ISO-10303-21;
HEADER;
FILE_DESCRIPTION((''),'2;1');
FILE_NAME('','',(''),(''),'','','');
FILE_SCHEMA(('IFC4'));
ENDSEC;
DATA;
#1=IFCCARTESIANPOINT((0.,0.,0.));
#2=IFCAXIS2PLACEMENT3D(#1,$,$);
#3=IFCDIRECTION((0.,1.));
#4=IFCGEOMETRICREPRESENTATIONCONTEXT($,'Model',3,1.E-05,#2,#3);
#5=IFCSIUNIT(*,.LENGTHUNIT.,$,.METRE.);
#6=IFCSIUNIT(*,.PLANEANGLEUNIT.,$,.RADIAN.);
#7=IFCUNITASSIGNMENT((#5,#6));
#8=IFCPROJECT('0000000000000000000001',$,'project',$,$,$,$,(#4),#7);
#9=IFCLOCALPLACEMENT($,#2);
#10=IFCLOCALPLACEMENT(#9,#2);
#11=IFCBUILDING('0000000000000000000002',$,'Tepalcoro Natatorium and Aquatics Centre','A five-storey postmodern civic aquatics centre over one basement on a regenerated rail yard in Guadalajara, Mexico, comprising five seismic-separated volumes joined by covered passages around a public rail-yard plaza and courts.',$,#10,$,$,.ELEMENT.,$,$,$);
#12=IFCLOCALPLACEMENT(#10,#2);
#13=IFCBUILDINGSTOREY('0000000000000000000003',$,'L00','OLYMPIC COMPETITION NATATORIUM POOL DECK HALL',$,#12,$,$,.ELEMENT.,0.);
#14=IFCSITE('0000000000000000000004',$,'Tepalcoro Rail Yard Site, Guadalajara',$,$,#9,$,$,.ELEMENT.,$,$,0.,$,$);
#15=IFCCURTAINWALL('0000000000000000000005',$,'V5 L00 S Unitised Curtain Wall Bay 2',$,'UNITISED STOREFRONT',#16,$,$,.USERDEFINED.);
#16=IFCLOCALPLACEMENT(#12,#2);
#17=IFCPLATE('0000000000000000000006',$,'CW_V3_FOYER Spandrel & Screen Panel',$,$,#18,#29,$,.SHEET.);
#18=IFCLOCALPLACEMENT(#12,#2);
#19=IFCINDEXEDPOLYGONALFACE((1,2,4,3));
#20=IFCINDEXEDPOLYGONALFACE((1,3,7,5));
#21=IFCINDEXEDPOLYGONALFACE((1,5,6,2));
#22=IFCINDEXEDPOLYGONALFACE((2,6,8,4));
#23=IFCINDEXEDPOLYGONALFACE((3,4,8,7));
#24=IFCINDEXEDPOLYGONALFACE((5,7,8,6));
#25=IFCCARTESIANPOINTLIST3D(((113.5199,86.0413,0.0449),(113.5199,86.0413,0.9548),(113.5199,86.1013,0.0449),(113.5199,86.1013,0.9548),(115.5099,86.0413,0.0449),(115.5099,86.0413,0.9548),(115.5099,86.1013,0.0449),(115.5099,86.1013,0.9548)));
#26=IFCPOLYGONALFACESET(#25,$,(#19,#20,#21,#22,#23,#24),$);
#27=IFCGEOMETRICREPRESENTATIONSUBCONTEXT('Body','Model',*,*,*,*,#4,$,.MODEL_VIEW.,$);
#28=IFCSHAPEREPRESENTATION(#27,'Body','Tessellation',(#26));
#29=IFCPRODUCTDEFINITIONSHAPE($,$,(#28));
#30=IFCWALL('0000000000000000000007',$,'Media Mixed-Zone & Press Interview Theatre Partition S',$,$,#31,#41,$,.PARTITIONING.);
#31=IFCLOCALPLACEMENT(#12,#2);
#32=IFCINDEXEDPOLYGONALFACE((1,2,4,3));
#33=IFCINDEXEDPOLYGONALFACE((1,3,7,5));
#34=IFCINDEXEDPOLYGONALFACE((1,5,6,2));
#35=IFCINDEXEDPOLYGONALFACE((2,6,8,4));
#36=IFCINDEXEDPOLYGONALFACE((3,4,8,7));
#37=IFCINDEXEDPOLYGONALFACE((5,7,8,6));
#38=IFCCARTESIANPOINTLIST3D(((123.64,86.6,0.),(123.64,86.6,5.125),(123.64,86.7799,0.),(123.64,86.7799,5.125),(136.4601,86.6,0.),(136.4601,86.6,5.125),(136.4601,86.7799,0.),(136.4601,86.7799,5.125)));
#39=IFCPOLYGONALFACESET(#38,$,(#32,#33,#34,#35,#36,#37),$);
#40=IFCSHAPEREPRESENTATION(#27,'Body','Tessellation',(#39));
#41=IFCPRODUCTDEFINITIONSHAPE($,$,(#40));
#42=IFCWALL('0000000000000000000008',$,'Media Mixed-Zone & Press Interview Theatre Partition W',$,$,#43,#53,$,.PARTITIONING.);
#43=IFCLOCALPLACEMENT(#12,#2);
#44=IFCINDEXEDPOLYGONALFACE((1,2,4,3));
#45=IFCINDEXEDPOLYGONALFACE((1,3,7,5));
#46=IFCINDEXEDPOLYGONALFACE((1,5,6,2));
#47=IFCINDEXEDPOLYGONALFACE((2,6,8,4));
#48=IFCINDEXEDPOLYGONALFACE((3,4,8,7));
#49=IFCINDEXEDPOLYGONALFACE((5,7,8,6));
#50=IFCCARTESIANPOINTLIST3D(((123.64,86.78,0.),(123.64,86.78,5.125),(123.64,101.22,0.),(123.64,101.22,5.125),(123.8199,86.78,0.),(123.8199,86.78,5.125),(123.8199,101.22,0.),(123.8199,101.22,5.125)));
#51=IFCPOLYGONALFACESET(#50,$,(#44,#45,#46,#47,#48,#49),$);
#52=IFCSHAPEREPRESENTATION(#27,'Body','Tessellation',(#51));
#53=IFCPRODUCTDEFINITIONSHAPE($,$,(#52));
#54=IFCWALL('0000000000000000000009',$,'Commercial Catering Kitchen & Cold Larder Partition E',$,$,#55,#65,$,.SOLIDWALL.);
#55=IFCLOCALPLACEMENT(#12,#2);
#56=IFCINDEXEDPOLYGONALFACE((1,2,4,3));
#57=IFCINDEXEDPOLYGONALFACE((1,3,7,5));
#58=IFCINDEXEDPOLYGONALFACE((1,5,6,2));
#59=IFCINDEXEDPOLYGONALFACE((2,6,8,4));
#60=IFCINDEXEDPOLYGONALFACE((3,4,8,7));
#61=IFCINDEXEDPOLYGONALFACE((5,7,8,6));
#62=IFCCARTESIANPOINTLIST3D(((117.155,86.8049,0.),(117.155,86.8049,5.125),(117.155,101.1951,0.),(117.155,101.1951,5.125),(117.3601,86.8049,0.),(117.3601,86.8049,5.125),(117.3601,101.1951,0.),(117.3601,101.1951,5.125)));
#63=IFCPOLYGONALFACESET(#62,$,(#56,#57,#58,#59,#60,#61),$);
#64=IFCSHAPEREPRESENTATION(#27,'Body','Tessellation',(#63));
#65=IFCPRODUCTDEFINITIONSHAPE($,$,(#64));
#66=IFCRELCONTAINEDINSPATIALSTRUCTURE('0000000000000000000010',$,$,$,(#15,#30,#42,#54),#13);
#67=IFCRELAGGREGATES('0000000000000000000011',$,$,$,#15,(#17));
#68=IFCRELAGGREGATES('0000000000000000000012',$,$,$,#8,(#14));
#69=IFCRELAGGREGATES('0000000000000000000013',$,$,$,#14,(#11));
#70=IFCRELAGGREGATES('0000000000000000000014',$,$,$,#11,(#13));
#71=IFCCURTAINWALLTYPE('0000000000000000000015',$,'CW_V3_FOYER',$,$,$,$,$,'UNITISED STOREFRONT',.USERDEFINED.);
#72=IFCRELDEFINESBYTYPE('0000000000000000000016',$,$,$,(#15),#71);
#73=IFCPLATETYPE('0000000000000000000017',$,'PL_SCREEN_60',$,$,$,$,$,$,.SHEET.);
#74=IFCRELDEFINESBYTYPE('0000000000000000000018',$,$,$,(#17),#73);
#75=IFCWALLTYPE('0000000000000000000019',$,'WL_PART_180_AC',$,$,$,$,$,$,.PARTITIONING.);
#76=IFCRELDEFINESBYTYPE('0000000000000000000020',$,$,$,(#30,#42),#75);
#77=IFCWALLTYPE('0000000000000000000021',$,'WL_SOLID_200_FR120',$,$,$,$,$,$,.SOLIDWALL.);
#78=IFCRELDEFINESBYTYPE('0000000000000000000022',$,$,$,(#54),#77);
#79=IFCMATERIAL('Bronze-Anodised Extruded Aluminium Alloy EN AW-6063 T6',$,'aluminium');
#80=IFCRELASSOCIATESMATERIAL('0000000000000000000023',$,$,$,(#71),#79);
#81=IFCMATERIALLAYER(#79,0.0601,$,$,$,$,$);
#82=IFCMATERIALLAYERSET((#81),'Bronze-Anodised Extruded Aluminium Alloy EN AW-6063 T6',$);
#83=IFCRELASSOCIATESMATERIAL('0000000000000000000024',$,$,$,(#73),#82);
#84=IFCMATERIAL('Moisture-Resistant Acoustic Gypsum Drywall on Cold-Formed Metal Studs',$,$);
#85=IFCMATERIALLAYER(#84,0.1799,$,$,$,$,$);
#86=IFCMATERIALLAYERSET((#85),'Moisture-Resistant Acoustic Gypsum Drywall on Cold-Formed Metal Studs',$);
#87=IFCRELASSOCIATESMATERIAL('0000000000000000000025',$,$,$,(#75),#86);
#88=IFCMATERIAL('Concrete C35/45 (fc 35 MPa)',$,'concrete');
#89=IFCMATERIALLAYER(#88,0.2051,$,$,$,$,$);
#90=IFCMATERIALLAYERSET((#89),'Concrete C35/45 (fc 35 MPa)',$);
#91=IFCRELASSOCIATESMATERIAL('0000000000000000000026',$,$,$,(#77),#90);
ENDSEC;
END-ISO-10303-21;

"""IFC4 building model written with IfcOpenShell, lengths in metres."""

from ifc_helpers import new_model, si_unit, direction, frame, frame_2d, origin, origin_2d, place, context, subcontext, project, spatial, rectangle, extrude, material, layer, layer_set, type_object, element, aggregate, save


model = new_model("IFC4")

# Units and contexts
model_context = context("Model", 3, precision=1e-05, world=origin(), true_north=direction((0.0, 1.0)))
body_context = subcontext(model_context, "Body", "Model", "MODEL_VIEW")
ifc_project = project(units=[si_unit("LENGTHUNIT", "METRE"), si_unit("PLANEANGLEUNIT", "RADIAN")], contexts=[model_context])

# Site, building, storey
site_placement = place(None, origin())
site = spatial("IfcSite", under=ifc_project, at=site_placement, Name="Tepalcoro Rail Yard Site, Guadalajara", CompositionType="ELEMENT", RefElevation=0.0)
building_placement = place(site_placement, origin())
building = spatial("IfcBuilding", under=site, at=building_placement, Name="Tepalcoro Natatorium and Aquatics Centre", Description="A five-storey postmodern civic aquatics centre over one basement on a regenerated rail yard in Guadalajara, Mexico, comprising five seismic-separated volumes joined by covered passages around a public rail-yard plaza and courts.", CompositionType="ELEMENT")
storey_placement = place(building_placement, origin())
storey = spatial("IfcBuildingStorey", under=building, at=storey_placement, Name="L00", Description="OLYMPIC COMPETITION NATATORIUM POOL DECK HALL", CompositionType="ELEMENT", Elevation=0.0)

# Curtain wall
ifc_material_1 = material(Name="Bronze-Anodised Extruded Aluminium Alloy EN AW-6063 T6", Category="aluminium")
curtain_wall_type_1 = type_object("IfcCurtainWallType", Name="CW_V3_FOYER", ElementType="UNITISED STOREFRONT", PredefinedType="USERDEFINED", material=ifc_material_1)
curtain_wall_1_placement = place(storey_placement, origin())
curtain_wall_1 = element("IfcCurtainWall", 1, at=curtain_wall_1_placement, inside=storey, type_object=curtain_wall_type_1, Name="V5 L00 S Unitised Curtain Wall Bay 2", ObjectType="UNITISED STOREFRONT", PredefinedType="USERDEFINED")

# Plate
ifc_layer_1 = layer(ifc_material_1, 0.0601)
ifc_layer_set_1 = layer_set([ifc_layer_1], Name="Bronze-Anodised Extruded Aluminium Alloy EN AW-6063 T6")
plate_type_1 = type_object("IfcPlateType", Name="PL_SCREEN_60", PredefinedType="SHEET", material=ifc_layer_set_1)
plate_1_placement = place(storey_placement, frame((114.5149, 86.0713, 0.0449), z_axis=(0.0, 0.0, 1.0), x_axis=(1.0, 0.0, 0.0)))
plate_1 = element("IfcPlate", 2, at=plate_1_placement, type_object=plate_type_1, Name="CW_V3_FOYER Spandrel & Screen Panel", PredefinedType="SHEET", context=body_context, shape_type="SweptSolid", body=[
    extrude(rectangle(XDim=1.99, YDim=0.0601, at=origin_2d()), origin(), (0.0, 0.0, 1.0), 0.9099),
])
aggregate(curtain_wall_1, [plate_1])

# Walls
ifc_material_2 = material(Name="Moisture-Resistant Acoustic Gypsum Drywall on Cold-Formed Metal Studs")
ifc_layer_2 = layer(ifc_material_2, 0.1799)
ifc_layer_set_2 = layer_set([ifc_layer_2], Name="Moisture-Resistant Acoustic Gypsum Drywall on Cold-Formed Metal Studs")
wall_type_1 = type_object("IfcWallType", Name="WL_PART_180_AC", PredefinedType="PARTITIONING", material=ifc_layer_set_2)
wall_1_placement = place(storey_placement, frame((123.6399, 86.6899, 0.0), z_axis=(0.0, 0.0, 1.0), x_axis=(1.0, 0.0, 0.0)))
element("IfcWall", 3, at=wall_1_placement, inside=storey, type_object=wall_type_1, Name="Media Mixed-Zone & Press Interview Theatre Partition S", PredefinedType="PARTITIONING", context=body_context, shape_type="SweptSolid", body=[
    extrude(rectangle(XDim=12.8201, YDim=0.1799, at=frame_2d((6.4102, 0.0))), origin(), (0.0, 0.0, 1.0), 5.125),
])
wall_2_placement = place(storey_placement, frame((123.73, 86.78, 0.0), z_axis=(0.0, 0.0, 1.0), x_axis=(0.0, 1.0, 0.0)))
element("IfcWall", 4, at=wall_2_placement, inside=storey, type_object=wall_type_1, Name="Media Mixed-Zone & Press Interview Theatre Partition W", PredefinedType="PARTITIONING", context=body_context, shape_type="SweptSolid", body=[
    extrude(rectangle(XDim=14.4399, YDim=0.1799, at=frame_2d((7.22, 0.0))), origin(), (0.0, 0.0, 1.0), 5.125),
])
ifc_material_3 = material(Name="Concrete C35/45 (fc 35 MPa)", Category="concrete")
ifc_layer_3 = layer(ifc_material_3, 0.2051)
ifc_layer_set_3 = layer_set([ifc_layer_3], Name="Concrete C35/45 (fc 35 MPa)")
wall_type_2 = type_object("IfcWallType", Name="WL_SOLID_200_FR120", PredefinedType="SOLIDWALL", material=ifc_layer_set_3)
wall_3_placement = place(storey_placement, frame((117.2576, 86.8049, 0.0), z_axis=(0.0, 0.0, 1.0), x_axis=(0.0, 1.0, 0.0)))
element("IfcWall", 5, at=wall_3_placement, inside=storey, type_object=wall_type_2, Name="Commercial Catering Kitchen & Cold Larder Partition E", PredefinedType="SOLIDWALL", context=body_context, shape_type="SweptSolid", body=[
    extrude(rectangle(XDim=14.3901, YDim=0.2051, at=frame_2d((7.1951, 0.0))), origin(), (0.0, 0.0, 1.0), 5.125),
])

save(model, "model.ifc")
